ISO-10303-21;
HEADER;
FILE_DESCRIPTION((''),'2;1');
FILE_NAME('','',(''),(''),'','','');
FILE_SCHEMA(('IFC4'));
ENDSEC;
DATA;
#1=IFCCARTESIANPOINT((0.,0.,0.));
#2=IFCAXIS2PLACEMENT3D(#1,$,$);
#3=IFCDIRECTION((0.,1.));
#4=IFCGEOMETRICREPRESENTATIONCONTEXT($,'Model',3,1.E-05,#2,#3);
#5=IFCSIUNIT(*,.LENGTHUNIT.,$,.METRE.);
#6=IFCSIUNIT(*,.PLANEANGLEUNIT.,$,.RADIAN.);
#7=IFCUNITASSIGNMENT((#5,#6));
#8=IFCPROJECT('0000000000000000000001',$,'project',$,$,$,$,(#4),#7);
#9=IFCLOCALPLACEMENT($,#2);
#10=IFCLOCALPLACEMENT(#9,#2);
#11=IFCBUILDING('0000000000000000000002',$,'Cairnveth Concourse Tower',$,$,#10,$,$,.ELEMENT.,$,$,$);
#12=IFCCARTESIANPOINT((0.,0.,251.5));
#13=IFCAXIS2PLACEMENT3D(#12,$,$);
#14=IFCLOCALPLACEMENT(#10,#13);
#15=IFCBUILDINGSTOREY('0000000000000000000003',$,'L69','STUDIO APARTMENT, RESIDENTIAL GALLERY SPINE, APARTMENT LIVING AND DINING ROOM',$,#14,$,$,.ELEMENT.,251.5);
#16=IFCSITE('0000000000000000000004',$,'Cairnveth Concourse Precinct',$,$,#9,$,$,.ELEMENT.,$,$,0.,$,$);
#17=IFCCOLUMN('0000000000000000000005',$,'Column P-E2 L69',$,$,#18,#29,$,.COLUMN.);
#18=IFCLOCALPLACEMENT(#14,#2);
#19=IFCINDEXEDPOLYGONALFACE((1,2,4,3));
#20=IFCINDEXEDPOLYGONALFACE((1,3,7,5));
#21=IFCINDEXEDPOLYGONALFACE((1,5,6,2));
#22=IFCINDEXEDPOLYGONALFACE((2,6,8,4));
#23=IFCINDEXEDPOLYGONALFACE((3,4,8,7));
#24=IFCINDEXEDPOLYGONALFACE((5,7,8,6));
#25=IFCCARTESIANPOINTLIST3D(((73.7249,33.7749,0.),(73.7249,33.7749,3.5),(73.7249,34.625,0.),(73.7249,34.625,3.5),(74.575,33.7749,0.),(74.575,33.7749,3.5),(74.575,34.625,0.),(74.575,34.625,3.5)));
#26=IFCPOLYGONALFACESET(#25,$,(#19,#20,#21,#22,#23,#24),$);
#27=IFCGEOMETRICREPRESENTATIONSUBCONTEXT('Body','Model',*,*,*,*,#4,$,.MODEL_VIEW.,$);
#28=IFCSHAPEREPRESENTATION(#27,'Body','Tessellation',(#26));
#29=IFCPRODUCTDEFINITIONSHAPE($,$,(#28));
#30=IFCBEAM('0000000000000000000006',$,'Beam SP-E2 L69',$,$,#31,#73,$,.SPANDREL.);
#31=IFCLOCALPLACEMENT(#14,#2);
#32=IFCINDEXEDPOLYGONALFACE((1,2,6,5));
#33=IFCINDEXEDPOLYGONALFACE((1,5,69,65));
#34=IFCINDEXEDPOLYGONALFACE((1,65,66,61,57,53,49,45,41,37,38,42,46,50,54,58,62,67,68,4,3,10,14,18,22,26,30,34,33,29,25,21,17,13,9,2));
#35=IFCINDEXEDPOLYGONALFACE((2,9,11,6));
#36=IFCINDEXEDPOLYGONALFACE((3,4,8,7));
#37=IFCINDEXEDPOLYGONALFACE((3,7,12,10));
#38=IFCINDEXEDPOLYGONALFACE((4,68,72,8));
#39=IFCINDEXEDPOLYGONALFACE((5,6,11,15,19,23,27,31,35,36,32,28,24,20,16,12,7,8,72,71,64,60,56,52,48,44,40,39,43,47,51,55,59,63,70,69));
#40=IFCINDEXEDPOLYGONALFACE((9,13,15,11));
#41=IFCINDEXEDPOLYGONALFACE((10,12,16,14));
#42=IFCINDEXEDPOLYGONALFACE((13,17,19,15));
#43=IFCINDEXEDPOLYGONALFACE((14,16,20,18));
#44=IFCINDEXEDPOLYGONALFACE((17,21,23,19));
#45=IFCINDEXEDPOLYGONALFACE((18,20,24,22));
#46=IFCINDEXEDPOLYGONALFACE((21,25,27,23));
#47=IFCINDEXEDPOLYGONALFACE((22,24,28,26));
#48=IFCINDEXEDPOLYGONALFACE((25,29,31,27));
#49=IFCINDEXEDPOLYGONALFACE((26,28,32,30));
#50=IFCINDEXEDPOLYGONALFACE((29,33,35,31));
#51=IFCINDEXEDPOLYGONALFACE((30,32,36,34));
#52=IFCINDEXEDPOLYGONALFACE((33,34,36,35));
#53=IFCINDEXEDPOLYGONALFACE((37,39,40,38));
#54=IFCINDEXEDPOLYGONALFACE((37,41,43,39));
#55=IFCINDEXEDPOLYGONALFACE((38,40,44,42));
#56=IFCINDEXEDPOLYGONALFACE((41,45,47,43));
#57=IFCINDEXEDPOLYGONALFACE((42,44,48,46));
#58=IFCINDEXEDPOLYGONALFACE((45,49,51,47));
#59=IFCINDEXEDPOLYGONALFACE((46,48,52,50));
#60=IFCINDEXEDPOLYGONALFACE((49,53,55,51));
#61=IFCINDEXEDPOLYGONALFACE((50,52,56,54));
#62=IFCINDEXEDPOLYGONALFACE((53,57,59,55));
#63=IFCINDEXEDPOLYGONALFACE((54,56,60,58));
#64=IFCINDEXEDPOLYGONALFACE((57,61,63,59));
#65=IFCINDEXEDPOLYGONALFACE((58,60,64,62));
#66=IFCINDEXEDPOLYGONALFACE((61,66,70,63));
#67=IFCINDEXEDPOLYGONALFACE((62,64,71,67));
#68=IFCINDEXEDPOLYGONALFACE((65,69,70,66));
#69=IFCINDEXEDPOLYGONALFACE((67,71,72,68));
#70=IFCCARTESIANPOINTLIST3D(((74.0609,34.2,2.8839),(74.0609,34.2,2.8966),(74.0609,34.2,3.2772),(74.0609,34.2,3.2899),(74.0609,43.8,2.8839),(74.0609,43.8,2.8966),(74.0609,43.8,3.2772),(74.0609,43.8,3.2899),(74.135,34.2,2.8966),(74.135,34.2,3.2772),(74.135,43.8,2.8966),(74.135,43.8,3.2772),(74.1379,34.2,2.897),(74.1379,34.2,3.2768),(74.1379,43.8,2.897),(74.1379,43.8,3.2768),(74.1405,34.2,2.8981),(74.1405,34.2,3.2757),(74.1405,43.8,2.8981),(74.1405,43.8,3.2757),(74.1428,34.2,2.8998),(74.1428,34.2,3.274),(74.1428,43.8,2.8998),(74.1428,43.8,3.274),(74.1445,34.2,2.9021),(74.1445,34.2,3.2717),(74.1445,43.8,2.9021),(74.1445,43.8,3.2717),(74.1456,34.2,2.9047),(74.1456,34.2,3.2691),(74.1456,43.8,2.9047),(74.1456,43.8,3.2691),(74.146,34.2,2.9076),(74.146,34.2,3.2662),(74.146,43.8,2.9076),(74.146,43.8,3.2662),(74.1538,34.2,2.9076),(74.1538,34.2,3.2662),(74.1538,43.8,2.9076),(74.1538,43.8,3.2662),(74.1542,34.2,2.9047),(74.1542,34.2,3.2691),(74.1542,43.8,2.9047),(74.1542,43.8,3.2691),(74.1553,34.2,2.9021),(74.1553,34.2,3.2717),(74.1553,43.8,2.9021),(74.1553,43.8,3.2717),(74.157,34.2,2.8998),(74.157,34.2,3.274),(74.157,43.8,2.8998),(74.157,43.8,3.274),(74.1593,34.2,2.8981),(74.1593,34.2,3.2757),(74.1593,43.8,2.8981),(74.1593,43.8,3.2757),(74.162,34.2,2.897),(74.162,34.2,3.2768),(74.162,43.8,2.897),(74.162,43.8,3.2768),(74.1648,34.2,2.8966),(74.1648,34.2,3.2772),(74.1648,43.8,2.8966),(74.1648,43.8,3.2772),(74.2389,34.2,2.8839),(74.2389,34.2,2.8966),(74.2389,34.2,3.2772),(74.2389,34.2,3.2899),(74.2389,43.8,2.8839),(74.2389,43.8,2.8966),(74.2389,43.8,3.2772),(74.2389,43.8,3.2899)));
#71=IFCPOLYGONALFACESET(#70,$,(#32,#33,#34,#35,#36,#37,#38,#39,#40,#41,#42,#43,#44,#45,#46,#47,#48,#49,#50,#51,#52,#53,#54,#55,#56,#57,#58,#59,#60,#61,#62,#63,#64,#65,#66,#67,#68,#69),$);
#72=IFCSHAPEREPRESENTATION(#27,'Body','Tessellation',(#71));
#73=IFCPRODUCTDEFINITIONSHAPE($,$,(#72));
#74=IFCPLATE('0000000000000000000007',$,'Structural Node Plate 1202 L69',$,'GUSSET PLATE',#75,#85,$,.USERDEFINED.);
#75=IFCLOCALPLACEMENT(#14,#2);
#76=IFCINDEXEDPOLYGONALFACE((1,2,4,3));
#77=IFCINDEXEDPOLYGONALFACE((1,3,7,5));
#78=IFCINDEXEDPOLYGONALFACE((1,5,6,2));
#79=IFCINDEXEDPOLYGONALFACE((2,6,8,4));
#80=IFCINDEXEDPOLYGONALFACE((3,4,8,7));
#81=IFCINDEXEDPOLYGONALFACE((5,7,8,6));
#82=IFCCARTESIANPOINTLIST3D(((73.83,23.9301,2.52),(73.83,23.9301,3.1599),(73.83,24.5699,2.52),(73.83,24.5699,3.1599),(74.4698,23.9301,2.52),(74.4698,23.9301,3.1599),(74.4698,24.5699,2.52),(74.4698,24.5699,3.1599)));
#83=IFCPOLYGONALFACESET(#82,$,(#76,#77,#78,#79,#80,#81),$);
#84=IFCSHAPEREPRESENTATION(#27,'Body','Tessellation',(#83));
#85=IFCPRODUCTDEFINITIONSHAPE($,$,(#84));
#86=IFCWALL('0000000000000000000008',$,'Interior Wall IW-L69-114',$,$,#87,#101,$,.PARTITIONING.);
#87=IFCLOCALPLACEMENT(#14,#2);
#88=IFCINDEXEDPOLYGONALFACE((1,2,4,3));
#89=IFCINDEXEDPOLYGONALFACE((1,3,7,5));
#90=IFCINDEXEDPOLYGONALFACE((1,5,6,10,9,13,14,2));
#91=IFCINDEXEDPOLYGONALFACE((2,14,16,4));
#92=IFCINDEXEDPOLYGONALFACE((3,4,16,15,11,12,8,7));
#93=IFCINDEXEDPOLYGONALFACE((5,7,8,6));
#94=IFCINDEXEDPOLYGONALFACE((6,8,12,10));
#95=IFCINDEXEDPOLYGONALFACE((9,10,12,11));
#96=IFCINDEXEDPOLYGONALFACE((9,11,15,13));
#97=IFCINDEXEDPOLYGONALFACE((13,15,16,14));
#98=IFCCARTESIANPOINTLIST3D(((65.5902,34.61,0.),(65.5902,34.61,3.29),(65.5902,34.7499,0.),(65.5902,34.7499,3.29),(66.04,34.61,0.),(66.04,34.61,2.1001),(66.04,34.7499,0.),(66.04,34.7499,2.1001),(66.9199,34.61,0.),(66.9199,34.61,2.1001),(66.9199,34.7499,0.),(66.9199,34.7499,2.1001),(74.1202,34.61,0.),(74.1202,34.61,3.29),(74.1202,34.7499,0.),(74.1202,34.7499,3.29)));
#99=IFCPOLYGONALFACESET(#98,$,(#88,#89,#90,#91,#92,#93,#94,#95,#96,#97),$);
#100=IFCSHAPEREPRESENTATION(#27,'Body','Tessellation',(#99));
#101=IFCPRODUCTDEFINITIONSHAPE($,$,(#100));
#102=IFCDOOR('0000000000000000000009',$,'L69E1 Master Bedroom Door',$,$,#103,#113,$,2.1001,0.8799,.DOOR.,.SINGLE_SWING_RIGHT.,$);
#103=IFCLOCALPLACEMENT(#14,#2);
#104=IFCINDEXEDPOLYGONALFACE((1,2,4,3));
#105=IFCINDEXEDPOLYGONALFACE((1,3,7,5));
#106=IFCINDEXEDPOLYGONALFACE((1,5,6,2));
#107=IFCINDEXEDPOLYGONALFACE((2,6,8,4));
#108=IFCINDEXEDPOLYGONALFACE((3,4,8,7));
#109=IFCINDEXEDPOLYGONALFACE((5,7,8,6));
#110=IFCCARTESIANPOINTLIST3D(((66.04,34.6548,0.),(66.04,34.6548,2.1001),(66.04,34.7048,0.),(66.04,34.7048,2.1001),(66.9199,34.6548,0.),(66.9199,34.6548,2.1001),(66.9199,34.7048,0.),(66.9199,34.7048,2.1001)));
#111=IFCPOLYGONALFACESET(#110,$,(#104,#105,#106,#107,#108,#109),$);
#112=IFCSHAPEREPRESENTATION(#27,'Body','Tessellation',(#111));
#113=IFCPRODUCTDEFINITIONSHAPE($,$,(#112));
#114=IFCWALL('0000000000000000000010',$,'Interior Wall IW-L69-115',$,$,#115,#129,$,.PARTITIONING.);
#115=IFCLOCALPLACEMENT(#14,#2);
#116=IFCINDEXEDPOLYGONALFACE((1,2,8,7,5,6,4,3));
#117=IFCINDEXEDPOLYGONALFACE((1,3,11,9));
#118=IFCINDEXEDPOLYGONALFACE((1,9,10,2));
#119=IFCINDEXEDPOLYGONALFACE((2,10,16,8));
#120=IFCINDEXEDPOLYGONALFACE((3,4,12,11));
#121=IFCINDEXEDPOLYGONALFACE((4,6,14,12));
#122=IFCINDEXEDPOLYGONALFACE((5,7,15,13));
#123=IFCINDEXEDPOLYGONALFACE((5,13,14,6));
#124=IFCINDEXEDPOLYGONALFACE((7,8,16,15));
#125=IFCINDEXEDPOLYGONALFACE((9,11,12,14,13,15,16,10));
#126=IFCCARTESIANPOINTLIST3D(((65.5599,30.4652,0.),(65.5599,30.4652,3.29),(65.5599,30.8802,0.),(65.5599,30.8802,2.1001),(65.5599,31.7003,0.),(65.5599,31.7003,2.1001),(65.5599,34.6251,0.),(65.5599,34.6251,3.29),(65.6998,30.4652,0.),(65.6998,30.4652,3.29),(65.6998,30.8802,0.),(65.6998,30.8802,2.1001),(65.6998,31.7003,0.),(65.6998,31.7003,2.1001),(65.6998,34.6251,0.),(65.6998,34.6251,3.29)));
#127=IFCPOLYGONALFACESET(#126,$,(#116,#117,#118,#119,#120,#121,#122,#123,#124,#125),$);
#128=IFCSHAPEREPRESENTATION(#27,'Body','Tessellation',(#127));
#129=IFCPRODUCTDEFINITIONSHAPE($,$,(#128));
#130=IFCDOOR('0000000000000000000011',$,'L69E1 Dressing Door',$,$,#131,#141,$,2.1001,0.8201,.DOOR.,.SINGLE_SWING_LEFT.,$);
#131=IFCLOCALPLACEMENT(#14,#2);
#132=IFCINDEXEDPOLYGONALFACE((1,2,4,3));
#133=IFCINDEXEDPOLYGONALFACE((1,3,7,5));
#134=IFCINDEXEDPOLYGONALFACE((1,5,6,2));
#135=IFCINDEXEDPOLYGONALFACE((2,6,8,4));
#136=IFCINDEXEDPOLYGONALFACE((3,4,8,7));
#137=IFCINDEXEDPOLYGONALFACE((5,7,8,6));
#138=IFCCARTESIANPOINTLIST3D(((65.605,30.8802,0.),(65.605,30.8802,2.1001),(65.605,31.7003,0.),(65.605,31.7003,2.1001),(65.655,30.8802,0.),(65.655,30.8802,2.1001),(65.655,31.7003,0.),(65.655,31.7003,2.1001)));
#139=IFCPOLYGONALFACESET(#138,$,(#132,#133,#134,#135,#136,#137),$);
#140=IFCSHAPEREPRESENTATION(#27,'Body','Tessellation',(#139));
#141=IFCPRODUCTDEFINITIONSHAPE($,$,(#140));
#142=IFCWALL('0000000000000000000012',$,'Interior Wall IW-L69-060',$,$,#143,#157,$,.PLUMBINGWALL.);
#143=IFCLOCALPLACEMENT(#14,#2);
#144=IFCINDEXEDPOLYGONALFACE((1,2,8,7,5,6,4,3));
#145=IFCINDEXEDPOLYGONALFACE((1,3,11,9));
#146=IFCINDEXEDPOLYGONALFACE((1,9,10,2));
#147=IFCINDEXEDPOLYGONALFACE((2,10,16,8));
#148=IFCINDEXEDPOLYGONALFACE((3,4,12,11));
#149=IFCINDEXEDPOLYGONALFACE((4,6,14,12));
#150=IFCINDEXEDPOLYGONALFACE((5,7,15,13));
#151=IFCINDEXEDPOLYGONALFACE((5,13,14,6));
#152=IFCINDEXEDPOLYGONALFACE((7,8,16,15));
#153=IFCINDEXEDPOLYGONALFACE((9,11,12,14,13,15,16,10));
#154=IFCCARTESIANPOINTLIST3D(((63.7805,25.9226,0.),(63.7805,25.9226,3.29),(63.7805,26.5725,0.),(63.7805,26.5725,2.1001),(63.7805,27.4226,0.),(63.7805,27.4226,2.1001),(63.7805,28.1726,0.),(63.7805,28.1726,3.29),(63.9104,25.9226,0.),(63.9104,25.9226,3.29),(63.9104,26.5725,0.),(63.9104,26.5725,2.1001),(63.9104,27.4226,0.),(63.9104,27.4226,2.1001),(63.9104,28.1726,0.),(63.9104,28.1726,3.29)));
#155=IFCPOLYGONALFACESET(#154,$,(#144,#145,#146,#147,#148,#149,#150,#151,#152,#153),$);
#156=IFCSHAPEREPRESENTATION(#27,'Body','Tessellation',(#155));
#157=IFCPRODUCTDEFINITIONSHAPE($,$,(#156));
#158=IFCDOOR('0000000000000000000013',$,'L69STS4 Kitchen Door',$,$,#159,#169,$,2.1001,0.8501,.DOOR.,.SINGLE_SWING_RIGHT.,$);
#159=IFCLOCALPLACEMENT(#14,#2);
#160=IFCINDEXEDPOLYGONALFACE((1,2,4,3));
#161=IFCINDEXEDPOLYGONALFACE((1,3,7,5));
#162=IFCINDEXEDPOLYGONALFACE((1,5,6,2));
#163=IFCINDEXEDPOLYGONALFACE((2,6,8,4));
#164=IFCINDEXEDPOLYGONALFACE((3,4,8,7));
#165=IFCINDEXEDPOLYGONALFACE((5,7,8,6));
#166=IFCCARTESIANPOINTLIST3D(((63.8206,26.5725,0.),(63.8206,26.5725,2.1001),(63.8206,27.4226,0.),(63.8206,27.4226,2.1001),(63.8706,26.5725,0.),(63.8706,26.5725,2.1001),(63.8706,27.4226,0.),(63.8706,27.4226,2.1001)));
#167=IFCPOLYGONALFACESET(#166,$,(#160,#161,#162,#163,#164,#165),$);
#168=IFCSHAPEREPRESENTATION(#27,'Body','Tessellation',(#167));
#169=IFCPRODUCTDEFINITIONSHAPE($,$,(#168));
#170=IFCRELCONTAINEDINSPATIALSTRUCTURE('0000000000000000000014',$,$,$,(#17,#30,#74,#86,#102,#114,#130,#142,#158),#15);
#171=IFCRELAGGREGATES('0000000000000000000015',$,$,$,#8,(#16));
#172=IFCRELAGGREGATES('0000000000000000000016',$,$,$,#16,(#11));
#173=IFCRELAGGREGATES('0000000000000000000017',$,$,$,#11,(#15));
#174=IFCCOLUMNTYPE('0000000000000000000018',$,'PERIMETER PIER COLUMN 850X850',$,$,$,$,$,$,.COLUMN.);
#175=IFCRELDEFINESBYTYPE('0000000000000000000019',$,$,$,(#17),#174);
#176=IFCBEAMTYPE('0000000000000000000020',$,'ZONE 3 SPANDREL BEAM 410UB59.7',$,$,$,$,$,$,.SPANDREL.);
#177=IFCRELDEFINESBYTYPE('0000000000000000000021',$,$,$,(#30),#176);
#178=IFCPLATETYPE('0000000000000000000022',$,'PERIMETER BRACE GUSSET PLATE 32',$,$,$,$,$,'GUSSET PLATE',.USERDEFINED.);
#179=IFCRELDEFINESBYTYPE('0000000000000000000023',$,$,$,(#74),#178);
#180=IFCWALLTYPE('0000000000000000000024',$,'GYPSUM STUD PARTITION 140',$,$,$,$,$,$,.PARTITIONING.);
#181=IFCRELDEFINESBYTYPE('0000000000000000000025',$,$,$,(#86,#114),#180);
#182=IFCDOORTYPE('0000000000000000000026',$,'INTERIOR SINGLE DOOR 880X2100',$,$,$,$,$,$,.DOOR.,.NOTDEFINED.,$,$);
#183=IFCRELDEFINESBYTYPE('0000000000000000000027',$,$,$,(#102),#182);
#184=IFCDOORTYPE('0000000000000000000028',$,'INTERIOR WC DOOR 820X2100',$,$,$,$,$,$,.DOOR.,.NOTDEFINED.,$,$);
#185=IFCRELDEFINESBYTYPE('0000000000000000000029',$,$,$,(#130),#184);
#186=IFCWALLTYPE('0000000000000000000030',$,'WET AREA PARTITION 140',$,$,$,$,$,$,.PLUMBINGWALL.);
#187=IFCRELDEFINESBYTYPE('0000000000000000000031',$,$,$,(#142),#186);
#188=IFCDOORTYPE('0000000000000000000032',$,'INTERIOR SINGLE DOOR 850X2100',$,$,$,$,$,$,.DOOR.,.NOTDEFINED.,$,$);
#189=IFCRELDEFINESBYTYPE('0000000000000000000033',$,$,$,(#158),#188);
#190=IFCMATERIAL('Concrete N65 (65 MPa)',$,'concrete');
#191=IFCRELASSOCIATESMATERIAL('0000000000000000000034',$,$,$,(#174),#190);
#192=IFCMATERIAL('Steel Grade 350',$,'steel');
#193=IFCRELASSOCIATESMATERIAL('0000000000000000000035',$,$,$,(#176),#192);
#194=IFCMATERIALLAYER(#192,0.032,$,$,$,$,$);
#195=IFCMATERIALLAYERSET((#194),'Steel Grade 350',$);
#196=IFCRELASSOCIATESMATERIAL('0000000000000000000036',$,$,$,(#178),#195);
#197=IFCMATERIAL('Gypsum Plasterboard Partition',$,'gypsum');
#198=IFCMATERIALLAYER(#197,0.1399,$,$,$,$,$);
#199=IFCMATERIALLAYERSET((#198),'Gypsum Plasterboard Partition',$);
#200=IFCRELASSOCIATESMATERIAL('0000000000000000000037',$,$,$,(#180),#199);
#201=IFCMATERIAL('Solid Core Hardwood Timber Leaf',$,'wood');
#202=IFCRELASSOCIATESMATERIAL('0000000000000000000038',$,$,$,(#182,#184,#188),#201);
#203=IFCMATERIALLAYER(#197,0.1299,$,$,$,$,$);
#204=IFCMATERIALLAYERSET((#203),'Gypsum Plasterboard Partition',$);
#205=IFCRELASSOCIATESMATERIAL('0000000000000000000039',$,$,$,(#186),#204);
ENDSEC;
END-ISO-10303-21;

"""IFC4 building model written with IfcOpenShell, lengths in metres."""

from ifc_helpers import new_model, si_unit, direction, frame, frame_2d, origin, origin_2d, place, context, subcontext, project, spatial, rectangle, i_section, extrude, material, layer, layer_set, material_profile, profile_set, type_object, element, fill, save


model = new_model("IFC4")

# Units and contexts
model_context = context("Model", 3, precision=1e-05, world=origin(), true_north=direction((0.0, 1.0)))
body_context = subcontext(model_context, "Body", "Model", "MODEL_VIEW")
ifc_project = project(units=[si_unit("LENGTHUNIT", "METRE"), si_unit("PLANEANGLEUNIT", "RADIAN")], contexts=[model_context])

# Site, building, storey
site_placement = place(None, origin())
site = spatial("IfcSite", under=ifc_project, at=site_placement, Name="Cairnveth Concourse Precinct", CompositionType="ELEMENT", RefElevation=0.0)
building_placement = place(site_placement, origin())
building = spatial("IfcBuilding", under=site, at=building_placement, Name="Cairnveth Concourse Tower", CompositionType="ELEMENT")
storey_placement = place(building_placement, frame((0.0, 0.0, 251.5)))
storey = spatial("IfcBuildingStorey", under=building, at=storey_placement, Name="L69", Description="STUDIO APARTMENT, RESIDENTIAL GALLERY SPINE, APARTMENT LIVING AND DINING ROOM", CompositionType="ELEMENT", Elevation=251.5)

# Column
ifc_material_1 = material(Name="Concrete N65 (65 MPa)", Category="concrete")
ifc_material_profile_1 = material_profile(ifc_material_1, rectangle(XDim=0.8501, YDim=0.8501, at=origin_2d()), Name="RC-COL-850x850")
ifc_profile_set_1 = profile_set([ifc_material_profile_1], Name="Concrete N65 (65 MPa)")
column_type = type_object("IfcColumnType", Name="PERIMETER PIER COLUMN 850X850", PredefinedType="COLUMN", material=ifc_profile_set_1)
column_placement = place(storey_placement, frame((74.1499, 34.2, 0.0), z_axis=(0.0, 0.0, 1.0), x_axis=(0.0, 1.0, 0.0)))
element("IfcColumn", 1, at=column_placement, inside=storey, type_object=column_type, Name="Column P-E2 L69", PredefinedType="COLUMN", context=body_context, shape_type="SweptSolid", body=[
    extrude(rectangle(XDim=0.8501, YDim=0.8501, at=origin_2d()), origin(), (0.0, 0.0, 1.0), 3.5),
])

# Beam
ifc_material_2 = material(Name="Steel Grade 350", Category="steel")
ifc_material_profile_2 = material_profile(ifc_material_2, i_section(OverallWidth=0.178, OverallDepth=0.406, WebThickness=0.0078, FlangeThickness=0.0127, FilletRadius=0.011, at=origin_2d()), Name="410UB59.7")
ifc_profile_set_2 = profile_set([ifc_material_profile_2], Name="Steel Grade 350")
beam_type = type_object("IfcBeamType", Name="ZONE 3 SPANDREL BEAM 410UB59.7", PredefinedType="SPANDREL", material=ifc_profile_set_2)
beam_placement = place(storey_placement, frame((74.1499, 34.2, 3.0869), z_axis=(0.0, 1.0, 0.0), x_axis=(-1.0, 0.0, 0.0)))
element("IfcBeam", 2, at=beam_placement, inside=storey, type_object=beam_type, Name="Beam SP-E2 L69", PredefinedType="SPANDREL", context=body_context, shape_type="SweptSolid", body=[
    extrude(i_section(OverallWidth=0.178, OverallDepth=0.406, WebThickness=0.0078, FlangeThickness=0.0127, FilletRadius=0.011, at=origin_2d()), origin(), (0.0, 0.0, 1.0), 9.6001),
])

# Plate
ifc_layer_1 = layer(ifc_material_2, 0.032)
ifc_layer_set_1 = layer_set([ifc_layer_1], Name="Steel Grade 350")
plate_type = type_object("IfcPlateType", Name="PERIMETER BRACE GUSSET PLATE 32", ElementType="GUSSET PLATE", PredefinedType="USERDEFINED", material=ifc_layer_set_1)
plate_placement = place(storey_placement, frame((74.1499, 24.25, 2.52), z_axis=(0.0, 0.0, 1.0), x_axis=(1.0, 0.0, 0.0)))
element("IfcPlate", 3, at=plate_placement, inside=storey, type_object=plate_type, Name="Structural Node Plate 1202 L69", ObjectType="GUSSET PLATE", PredefinedType="USERDEFINED", context=body_context, shape_type="SweptSolid", body=[
    extrude(rectangle(XDim=0.6399, YDim=0.6399, at=origin_2d()), origin(), (0.0, 0.0, 1.0), 0.6399),
])

# Walls, openings, doors
ifc_material_3 = material(Name="Gypsum Plasterboard Partition", Category="gypsum")
ifc_layer_2 = layer(ifc_material_3, 0.1399)
ifc_layer_set_2 = layer_set([ifc_layer_2], Name="Gypsum Plasterboard Partition")
wall_type_1 = type_object("IfcWallType", Name="GYPSUM STUD PARTITION 140", PredefinedType="PARTITIONING", material=ifc_layer_set_2)
wall_1_placement = place(storey_placement, frame((65.5901, 34.6799, 0.0), z_axis=(0.0, 0.0, 1.0), x_axis=(1.0, 0.0, 0.0)))
wall_1 = element("IfcWall", 4, at=wall_1_placement, inside=storey, type_object=wall_type_1, Name="Interior Wall IW-L69-114", PredefinedType="PARTITIONING", context=body_context, shape_type="SweptSolid", body=[
    extrude(rectangle(XDim=8.53, YDim=0.1399, at=frame_2d((4.2651, 0.0))), origin(), (0.0, 0.0, 1.0), 3.29),
])
opening_1_placement = place(wall_1_placement, frame((0.45, 0.0, 0.0)))
opening_1 = element("IfcOpeningElement", 5, at=opening_1_placement, cuts=wall_1, PredefinedType="OPENING", context=body_context, shape_type="SweptSolid", body=[
    extrude(rectangle(XDim=0.8799, YDim=2.1001, at=frame_2d((0.4399, 1.05))), frame((0.0, 0.0798, 0.0), z_axis=(0.0, -1.0, 0.0), x_axis=(1.0, 0.0, 0.0)), (0.0, 0.0, 1.0), 0.1599),
])
ifc_material_4 = material(Name="Solid Core Hardwood Timber Leaf", Category="wood")
door_type_1 = type_object("IfcDoorType", Name="INTERIOR SINGLE DOOR 880X2100", OperationType="NOTDEFINED", PredefinedType="DOOR", material=ifc_material_4)
door_1_placement = place(opening_1_placement, origin())
door_1 = element("IfcDoor", 6, at=door_1_placement, inside=storey, type_object=door_type_1, Name="L69E1 Master Bedroom Door", OperationType="SINGLE_SWING_RIGHT", OverallHeight=2.1001, OverallWidth=0.8799, PredefinedType="DOOR", context=body_context, shape_type="SweptSolid", body=[
    extrude(rectangle(XDim=0.8799, YDim=2.1001, at=frame_2d((0.4399, 1.05))), frame((0.0, 0.0249, 0.0), z_axis=(0.0, -1.0, 0.0), x_axis=(1.0, 0.0, 0.0)), (0.0, 0.0, 1.0), 0.05),
])
fill(opening_1, door_1)
wall_2_placement = place(storey_placement, frame((65.6299, 30.4651, 0.0), z_axis=(0.0, 0.0, 1.0), x_axis=(0.0, 1.0, 0.0)))
wall_2 = element("IfcWall", 7, at=wall_2_placement, inside=storey, type_object=wall_type_1, Name="Interior Wall IW-L69-115", PredefinedType="PARTITIONING", context=body_context, shape_type="SweptSolid", body=[
    extrude(rectangle(XDim=4.1599, YDim=0.1399, at=frame_2d((2.0801, 0.0))), origin(), (0.0, 0.0, 1.0), 3.29),
])
opening_2_placement = place(wall_2_placement, frame((0.415, 0.0, 0.0)))
opening_2 = element("IfcOpeningElement", 8, at=opening_2_placement, cuts=wall_2, PredefinedType="OPENING", context=body_context, shape_type="SweptSolid", body=[
    extrude(rectangle(XDim=0.8201, YDim=2.1001, at=frame_2d((0.4102, 1.05))), frame((0.0, 0.0798, 0.0), z_axis=(0.0, -1.0, 0.0), x_axis=(1.0, 0.0, 0.0)), (0.0, 0.0, 1.0), 0.1599),
])
door_type_2 = type_object("IfcDoorType", Name="INTERIOR WC DOOR 820X2100", OperationType="NOTDEFINED", PredefinedType="DOOR", material=ifc_material_4)
door_2_placement = place(opening_2_placement, origin())
door_2 = element("IfcDoor", 9, at=door_2_placement, inside=storey, type_object=door_type_2, Name="L69E1 Dressing Door", OperationType="SINGLE_SWING_LEFT", OverallHeight=2.1001, OverallWidth=0.8201, PredefinedType="DOOR", context=body_context, shape_type="SweptSolid", body=[
    extrude(rectangle(XDim=0.8201, YDim=2.1001, at=frame_2d((0.4102, 1.05))), frame((0.0, 0.0249, 0.0), z_axis=(0.0, -1.0, 0.0), x_axis=(1.0, 0.0, 0.0)), (0.0, 0.0, 1.0), 0.05),
])
fill(opening_2, door_2)
ifc_layer_3 = layer(ifc_material_3, 0.1299)
ifc_layer_set_3 = layer_set([ifc_layer_3], Name="Gypsum Plasterboard Partition")
wall_type_2 = type_object("IfcWallType", Name="WET AREA PARTITION 140", PredefinedType="PLUMBINGWALL", material=ifc_layer_set_3)
wall_3_placement = place(storey_placement, frame((63.8455, 25.9226, 0.0), z_axis=(0.0, 0.0, 1.0), x_axis=(0.0, 1.0, 0.0)))
wall_3 = element("IfcWall", 10, at=wall_3_placement, inside=storey, type_object=wall_type_2, Name="Interior Wall IW-L69-060", PredefinedType="PLUMBINGWALL", context=body_context, shape_type="SweptSolid", body=[
    extrude(rectangle(XDim=2.25, YDim=0.1299, at=frame_2d((1.125, 0.0))), origin(), (0.0, 0.0, 1.0), 3.29),
])
opening_3_placement = place(wall_3_placement, frame((0.6499, 0.0, 0.0)))
opening_3 = element("IfcOpeningElement", 11, at=opening_3_placement, cuts=wall_3, PredefinedType="OPENING", context=body_context, shape_type="SweptSolid", body=[
    extrude(rectangle(XDim=0.8501, YDim=2.1001, at=frame_2d((0.425, 1.05))), frame((0.0, 0.075, 0.0), z_axis=(0.0, -1.0, 0.0), x_axis=(1.0, 0.0, 0.0)), (0.0, 0.0, 1.0), 0.1499),
])
door_type_3 = type_object("IfcDoorType", Name="INTERIOR SINGLE DOOR 850X2100", OperationType="NOTDEFINED", PredefinedType="DOOR", material=ifc_material_4)
door_3_placement = place(opening_3_placement, origin())
door_3 = element("IfcDoor", 12, at=door_3_placement, inside=storey, type_object=door_type_3, Name="L69STS4 Kitchen Door", OperationType="SINGLE_SWING_RIGHT", OverallHeight=2.1001, OverallWidth=0.8501, PredefinedType="DOOR", context=body_context, shape_type="SweptSolid", body=[
    extrude(rectangle(XDim=0.8501, YDim=2.1001, at=frame_2d((0.425, 1.05))), frame((0.0, 0.0249, 0.0), z_axis=(0.0, -1.0, 0.0), x_axis=(1.0, 0.0, 0.0)), (0.0, 0.0, 1.0), 0.05),
])
fill(opening_3, door_3)

save(model, "model.ifc")
